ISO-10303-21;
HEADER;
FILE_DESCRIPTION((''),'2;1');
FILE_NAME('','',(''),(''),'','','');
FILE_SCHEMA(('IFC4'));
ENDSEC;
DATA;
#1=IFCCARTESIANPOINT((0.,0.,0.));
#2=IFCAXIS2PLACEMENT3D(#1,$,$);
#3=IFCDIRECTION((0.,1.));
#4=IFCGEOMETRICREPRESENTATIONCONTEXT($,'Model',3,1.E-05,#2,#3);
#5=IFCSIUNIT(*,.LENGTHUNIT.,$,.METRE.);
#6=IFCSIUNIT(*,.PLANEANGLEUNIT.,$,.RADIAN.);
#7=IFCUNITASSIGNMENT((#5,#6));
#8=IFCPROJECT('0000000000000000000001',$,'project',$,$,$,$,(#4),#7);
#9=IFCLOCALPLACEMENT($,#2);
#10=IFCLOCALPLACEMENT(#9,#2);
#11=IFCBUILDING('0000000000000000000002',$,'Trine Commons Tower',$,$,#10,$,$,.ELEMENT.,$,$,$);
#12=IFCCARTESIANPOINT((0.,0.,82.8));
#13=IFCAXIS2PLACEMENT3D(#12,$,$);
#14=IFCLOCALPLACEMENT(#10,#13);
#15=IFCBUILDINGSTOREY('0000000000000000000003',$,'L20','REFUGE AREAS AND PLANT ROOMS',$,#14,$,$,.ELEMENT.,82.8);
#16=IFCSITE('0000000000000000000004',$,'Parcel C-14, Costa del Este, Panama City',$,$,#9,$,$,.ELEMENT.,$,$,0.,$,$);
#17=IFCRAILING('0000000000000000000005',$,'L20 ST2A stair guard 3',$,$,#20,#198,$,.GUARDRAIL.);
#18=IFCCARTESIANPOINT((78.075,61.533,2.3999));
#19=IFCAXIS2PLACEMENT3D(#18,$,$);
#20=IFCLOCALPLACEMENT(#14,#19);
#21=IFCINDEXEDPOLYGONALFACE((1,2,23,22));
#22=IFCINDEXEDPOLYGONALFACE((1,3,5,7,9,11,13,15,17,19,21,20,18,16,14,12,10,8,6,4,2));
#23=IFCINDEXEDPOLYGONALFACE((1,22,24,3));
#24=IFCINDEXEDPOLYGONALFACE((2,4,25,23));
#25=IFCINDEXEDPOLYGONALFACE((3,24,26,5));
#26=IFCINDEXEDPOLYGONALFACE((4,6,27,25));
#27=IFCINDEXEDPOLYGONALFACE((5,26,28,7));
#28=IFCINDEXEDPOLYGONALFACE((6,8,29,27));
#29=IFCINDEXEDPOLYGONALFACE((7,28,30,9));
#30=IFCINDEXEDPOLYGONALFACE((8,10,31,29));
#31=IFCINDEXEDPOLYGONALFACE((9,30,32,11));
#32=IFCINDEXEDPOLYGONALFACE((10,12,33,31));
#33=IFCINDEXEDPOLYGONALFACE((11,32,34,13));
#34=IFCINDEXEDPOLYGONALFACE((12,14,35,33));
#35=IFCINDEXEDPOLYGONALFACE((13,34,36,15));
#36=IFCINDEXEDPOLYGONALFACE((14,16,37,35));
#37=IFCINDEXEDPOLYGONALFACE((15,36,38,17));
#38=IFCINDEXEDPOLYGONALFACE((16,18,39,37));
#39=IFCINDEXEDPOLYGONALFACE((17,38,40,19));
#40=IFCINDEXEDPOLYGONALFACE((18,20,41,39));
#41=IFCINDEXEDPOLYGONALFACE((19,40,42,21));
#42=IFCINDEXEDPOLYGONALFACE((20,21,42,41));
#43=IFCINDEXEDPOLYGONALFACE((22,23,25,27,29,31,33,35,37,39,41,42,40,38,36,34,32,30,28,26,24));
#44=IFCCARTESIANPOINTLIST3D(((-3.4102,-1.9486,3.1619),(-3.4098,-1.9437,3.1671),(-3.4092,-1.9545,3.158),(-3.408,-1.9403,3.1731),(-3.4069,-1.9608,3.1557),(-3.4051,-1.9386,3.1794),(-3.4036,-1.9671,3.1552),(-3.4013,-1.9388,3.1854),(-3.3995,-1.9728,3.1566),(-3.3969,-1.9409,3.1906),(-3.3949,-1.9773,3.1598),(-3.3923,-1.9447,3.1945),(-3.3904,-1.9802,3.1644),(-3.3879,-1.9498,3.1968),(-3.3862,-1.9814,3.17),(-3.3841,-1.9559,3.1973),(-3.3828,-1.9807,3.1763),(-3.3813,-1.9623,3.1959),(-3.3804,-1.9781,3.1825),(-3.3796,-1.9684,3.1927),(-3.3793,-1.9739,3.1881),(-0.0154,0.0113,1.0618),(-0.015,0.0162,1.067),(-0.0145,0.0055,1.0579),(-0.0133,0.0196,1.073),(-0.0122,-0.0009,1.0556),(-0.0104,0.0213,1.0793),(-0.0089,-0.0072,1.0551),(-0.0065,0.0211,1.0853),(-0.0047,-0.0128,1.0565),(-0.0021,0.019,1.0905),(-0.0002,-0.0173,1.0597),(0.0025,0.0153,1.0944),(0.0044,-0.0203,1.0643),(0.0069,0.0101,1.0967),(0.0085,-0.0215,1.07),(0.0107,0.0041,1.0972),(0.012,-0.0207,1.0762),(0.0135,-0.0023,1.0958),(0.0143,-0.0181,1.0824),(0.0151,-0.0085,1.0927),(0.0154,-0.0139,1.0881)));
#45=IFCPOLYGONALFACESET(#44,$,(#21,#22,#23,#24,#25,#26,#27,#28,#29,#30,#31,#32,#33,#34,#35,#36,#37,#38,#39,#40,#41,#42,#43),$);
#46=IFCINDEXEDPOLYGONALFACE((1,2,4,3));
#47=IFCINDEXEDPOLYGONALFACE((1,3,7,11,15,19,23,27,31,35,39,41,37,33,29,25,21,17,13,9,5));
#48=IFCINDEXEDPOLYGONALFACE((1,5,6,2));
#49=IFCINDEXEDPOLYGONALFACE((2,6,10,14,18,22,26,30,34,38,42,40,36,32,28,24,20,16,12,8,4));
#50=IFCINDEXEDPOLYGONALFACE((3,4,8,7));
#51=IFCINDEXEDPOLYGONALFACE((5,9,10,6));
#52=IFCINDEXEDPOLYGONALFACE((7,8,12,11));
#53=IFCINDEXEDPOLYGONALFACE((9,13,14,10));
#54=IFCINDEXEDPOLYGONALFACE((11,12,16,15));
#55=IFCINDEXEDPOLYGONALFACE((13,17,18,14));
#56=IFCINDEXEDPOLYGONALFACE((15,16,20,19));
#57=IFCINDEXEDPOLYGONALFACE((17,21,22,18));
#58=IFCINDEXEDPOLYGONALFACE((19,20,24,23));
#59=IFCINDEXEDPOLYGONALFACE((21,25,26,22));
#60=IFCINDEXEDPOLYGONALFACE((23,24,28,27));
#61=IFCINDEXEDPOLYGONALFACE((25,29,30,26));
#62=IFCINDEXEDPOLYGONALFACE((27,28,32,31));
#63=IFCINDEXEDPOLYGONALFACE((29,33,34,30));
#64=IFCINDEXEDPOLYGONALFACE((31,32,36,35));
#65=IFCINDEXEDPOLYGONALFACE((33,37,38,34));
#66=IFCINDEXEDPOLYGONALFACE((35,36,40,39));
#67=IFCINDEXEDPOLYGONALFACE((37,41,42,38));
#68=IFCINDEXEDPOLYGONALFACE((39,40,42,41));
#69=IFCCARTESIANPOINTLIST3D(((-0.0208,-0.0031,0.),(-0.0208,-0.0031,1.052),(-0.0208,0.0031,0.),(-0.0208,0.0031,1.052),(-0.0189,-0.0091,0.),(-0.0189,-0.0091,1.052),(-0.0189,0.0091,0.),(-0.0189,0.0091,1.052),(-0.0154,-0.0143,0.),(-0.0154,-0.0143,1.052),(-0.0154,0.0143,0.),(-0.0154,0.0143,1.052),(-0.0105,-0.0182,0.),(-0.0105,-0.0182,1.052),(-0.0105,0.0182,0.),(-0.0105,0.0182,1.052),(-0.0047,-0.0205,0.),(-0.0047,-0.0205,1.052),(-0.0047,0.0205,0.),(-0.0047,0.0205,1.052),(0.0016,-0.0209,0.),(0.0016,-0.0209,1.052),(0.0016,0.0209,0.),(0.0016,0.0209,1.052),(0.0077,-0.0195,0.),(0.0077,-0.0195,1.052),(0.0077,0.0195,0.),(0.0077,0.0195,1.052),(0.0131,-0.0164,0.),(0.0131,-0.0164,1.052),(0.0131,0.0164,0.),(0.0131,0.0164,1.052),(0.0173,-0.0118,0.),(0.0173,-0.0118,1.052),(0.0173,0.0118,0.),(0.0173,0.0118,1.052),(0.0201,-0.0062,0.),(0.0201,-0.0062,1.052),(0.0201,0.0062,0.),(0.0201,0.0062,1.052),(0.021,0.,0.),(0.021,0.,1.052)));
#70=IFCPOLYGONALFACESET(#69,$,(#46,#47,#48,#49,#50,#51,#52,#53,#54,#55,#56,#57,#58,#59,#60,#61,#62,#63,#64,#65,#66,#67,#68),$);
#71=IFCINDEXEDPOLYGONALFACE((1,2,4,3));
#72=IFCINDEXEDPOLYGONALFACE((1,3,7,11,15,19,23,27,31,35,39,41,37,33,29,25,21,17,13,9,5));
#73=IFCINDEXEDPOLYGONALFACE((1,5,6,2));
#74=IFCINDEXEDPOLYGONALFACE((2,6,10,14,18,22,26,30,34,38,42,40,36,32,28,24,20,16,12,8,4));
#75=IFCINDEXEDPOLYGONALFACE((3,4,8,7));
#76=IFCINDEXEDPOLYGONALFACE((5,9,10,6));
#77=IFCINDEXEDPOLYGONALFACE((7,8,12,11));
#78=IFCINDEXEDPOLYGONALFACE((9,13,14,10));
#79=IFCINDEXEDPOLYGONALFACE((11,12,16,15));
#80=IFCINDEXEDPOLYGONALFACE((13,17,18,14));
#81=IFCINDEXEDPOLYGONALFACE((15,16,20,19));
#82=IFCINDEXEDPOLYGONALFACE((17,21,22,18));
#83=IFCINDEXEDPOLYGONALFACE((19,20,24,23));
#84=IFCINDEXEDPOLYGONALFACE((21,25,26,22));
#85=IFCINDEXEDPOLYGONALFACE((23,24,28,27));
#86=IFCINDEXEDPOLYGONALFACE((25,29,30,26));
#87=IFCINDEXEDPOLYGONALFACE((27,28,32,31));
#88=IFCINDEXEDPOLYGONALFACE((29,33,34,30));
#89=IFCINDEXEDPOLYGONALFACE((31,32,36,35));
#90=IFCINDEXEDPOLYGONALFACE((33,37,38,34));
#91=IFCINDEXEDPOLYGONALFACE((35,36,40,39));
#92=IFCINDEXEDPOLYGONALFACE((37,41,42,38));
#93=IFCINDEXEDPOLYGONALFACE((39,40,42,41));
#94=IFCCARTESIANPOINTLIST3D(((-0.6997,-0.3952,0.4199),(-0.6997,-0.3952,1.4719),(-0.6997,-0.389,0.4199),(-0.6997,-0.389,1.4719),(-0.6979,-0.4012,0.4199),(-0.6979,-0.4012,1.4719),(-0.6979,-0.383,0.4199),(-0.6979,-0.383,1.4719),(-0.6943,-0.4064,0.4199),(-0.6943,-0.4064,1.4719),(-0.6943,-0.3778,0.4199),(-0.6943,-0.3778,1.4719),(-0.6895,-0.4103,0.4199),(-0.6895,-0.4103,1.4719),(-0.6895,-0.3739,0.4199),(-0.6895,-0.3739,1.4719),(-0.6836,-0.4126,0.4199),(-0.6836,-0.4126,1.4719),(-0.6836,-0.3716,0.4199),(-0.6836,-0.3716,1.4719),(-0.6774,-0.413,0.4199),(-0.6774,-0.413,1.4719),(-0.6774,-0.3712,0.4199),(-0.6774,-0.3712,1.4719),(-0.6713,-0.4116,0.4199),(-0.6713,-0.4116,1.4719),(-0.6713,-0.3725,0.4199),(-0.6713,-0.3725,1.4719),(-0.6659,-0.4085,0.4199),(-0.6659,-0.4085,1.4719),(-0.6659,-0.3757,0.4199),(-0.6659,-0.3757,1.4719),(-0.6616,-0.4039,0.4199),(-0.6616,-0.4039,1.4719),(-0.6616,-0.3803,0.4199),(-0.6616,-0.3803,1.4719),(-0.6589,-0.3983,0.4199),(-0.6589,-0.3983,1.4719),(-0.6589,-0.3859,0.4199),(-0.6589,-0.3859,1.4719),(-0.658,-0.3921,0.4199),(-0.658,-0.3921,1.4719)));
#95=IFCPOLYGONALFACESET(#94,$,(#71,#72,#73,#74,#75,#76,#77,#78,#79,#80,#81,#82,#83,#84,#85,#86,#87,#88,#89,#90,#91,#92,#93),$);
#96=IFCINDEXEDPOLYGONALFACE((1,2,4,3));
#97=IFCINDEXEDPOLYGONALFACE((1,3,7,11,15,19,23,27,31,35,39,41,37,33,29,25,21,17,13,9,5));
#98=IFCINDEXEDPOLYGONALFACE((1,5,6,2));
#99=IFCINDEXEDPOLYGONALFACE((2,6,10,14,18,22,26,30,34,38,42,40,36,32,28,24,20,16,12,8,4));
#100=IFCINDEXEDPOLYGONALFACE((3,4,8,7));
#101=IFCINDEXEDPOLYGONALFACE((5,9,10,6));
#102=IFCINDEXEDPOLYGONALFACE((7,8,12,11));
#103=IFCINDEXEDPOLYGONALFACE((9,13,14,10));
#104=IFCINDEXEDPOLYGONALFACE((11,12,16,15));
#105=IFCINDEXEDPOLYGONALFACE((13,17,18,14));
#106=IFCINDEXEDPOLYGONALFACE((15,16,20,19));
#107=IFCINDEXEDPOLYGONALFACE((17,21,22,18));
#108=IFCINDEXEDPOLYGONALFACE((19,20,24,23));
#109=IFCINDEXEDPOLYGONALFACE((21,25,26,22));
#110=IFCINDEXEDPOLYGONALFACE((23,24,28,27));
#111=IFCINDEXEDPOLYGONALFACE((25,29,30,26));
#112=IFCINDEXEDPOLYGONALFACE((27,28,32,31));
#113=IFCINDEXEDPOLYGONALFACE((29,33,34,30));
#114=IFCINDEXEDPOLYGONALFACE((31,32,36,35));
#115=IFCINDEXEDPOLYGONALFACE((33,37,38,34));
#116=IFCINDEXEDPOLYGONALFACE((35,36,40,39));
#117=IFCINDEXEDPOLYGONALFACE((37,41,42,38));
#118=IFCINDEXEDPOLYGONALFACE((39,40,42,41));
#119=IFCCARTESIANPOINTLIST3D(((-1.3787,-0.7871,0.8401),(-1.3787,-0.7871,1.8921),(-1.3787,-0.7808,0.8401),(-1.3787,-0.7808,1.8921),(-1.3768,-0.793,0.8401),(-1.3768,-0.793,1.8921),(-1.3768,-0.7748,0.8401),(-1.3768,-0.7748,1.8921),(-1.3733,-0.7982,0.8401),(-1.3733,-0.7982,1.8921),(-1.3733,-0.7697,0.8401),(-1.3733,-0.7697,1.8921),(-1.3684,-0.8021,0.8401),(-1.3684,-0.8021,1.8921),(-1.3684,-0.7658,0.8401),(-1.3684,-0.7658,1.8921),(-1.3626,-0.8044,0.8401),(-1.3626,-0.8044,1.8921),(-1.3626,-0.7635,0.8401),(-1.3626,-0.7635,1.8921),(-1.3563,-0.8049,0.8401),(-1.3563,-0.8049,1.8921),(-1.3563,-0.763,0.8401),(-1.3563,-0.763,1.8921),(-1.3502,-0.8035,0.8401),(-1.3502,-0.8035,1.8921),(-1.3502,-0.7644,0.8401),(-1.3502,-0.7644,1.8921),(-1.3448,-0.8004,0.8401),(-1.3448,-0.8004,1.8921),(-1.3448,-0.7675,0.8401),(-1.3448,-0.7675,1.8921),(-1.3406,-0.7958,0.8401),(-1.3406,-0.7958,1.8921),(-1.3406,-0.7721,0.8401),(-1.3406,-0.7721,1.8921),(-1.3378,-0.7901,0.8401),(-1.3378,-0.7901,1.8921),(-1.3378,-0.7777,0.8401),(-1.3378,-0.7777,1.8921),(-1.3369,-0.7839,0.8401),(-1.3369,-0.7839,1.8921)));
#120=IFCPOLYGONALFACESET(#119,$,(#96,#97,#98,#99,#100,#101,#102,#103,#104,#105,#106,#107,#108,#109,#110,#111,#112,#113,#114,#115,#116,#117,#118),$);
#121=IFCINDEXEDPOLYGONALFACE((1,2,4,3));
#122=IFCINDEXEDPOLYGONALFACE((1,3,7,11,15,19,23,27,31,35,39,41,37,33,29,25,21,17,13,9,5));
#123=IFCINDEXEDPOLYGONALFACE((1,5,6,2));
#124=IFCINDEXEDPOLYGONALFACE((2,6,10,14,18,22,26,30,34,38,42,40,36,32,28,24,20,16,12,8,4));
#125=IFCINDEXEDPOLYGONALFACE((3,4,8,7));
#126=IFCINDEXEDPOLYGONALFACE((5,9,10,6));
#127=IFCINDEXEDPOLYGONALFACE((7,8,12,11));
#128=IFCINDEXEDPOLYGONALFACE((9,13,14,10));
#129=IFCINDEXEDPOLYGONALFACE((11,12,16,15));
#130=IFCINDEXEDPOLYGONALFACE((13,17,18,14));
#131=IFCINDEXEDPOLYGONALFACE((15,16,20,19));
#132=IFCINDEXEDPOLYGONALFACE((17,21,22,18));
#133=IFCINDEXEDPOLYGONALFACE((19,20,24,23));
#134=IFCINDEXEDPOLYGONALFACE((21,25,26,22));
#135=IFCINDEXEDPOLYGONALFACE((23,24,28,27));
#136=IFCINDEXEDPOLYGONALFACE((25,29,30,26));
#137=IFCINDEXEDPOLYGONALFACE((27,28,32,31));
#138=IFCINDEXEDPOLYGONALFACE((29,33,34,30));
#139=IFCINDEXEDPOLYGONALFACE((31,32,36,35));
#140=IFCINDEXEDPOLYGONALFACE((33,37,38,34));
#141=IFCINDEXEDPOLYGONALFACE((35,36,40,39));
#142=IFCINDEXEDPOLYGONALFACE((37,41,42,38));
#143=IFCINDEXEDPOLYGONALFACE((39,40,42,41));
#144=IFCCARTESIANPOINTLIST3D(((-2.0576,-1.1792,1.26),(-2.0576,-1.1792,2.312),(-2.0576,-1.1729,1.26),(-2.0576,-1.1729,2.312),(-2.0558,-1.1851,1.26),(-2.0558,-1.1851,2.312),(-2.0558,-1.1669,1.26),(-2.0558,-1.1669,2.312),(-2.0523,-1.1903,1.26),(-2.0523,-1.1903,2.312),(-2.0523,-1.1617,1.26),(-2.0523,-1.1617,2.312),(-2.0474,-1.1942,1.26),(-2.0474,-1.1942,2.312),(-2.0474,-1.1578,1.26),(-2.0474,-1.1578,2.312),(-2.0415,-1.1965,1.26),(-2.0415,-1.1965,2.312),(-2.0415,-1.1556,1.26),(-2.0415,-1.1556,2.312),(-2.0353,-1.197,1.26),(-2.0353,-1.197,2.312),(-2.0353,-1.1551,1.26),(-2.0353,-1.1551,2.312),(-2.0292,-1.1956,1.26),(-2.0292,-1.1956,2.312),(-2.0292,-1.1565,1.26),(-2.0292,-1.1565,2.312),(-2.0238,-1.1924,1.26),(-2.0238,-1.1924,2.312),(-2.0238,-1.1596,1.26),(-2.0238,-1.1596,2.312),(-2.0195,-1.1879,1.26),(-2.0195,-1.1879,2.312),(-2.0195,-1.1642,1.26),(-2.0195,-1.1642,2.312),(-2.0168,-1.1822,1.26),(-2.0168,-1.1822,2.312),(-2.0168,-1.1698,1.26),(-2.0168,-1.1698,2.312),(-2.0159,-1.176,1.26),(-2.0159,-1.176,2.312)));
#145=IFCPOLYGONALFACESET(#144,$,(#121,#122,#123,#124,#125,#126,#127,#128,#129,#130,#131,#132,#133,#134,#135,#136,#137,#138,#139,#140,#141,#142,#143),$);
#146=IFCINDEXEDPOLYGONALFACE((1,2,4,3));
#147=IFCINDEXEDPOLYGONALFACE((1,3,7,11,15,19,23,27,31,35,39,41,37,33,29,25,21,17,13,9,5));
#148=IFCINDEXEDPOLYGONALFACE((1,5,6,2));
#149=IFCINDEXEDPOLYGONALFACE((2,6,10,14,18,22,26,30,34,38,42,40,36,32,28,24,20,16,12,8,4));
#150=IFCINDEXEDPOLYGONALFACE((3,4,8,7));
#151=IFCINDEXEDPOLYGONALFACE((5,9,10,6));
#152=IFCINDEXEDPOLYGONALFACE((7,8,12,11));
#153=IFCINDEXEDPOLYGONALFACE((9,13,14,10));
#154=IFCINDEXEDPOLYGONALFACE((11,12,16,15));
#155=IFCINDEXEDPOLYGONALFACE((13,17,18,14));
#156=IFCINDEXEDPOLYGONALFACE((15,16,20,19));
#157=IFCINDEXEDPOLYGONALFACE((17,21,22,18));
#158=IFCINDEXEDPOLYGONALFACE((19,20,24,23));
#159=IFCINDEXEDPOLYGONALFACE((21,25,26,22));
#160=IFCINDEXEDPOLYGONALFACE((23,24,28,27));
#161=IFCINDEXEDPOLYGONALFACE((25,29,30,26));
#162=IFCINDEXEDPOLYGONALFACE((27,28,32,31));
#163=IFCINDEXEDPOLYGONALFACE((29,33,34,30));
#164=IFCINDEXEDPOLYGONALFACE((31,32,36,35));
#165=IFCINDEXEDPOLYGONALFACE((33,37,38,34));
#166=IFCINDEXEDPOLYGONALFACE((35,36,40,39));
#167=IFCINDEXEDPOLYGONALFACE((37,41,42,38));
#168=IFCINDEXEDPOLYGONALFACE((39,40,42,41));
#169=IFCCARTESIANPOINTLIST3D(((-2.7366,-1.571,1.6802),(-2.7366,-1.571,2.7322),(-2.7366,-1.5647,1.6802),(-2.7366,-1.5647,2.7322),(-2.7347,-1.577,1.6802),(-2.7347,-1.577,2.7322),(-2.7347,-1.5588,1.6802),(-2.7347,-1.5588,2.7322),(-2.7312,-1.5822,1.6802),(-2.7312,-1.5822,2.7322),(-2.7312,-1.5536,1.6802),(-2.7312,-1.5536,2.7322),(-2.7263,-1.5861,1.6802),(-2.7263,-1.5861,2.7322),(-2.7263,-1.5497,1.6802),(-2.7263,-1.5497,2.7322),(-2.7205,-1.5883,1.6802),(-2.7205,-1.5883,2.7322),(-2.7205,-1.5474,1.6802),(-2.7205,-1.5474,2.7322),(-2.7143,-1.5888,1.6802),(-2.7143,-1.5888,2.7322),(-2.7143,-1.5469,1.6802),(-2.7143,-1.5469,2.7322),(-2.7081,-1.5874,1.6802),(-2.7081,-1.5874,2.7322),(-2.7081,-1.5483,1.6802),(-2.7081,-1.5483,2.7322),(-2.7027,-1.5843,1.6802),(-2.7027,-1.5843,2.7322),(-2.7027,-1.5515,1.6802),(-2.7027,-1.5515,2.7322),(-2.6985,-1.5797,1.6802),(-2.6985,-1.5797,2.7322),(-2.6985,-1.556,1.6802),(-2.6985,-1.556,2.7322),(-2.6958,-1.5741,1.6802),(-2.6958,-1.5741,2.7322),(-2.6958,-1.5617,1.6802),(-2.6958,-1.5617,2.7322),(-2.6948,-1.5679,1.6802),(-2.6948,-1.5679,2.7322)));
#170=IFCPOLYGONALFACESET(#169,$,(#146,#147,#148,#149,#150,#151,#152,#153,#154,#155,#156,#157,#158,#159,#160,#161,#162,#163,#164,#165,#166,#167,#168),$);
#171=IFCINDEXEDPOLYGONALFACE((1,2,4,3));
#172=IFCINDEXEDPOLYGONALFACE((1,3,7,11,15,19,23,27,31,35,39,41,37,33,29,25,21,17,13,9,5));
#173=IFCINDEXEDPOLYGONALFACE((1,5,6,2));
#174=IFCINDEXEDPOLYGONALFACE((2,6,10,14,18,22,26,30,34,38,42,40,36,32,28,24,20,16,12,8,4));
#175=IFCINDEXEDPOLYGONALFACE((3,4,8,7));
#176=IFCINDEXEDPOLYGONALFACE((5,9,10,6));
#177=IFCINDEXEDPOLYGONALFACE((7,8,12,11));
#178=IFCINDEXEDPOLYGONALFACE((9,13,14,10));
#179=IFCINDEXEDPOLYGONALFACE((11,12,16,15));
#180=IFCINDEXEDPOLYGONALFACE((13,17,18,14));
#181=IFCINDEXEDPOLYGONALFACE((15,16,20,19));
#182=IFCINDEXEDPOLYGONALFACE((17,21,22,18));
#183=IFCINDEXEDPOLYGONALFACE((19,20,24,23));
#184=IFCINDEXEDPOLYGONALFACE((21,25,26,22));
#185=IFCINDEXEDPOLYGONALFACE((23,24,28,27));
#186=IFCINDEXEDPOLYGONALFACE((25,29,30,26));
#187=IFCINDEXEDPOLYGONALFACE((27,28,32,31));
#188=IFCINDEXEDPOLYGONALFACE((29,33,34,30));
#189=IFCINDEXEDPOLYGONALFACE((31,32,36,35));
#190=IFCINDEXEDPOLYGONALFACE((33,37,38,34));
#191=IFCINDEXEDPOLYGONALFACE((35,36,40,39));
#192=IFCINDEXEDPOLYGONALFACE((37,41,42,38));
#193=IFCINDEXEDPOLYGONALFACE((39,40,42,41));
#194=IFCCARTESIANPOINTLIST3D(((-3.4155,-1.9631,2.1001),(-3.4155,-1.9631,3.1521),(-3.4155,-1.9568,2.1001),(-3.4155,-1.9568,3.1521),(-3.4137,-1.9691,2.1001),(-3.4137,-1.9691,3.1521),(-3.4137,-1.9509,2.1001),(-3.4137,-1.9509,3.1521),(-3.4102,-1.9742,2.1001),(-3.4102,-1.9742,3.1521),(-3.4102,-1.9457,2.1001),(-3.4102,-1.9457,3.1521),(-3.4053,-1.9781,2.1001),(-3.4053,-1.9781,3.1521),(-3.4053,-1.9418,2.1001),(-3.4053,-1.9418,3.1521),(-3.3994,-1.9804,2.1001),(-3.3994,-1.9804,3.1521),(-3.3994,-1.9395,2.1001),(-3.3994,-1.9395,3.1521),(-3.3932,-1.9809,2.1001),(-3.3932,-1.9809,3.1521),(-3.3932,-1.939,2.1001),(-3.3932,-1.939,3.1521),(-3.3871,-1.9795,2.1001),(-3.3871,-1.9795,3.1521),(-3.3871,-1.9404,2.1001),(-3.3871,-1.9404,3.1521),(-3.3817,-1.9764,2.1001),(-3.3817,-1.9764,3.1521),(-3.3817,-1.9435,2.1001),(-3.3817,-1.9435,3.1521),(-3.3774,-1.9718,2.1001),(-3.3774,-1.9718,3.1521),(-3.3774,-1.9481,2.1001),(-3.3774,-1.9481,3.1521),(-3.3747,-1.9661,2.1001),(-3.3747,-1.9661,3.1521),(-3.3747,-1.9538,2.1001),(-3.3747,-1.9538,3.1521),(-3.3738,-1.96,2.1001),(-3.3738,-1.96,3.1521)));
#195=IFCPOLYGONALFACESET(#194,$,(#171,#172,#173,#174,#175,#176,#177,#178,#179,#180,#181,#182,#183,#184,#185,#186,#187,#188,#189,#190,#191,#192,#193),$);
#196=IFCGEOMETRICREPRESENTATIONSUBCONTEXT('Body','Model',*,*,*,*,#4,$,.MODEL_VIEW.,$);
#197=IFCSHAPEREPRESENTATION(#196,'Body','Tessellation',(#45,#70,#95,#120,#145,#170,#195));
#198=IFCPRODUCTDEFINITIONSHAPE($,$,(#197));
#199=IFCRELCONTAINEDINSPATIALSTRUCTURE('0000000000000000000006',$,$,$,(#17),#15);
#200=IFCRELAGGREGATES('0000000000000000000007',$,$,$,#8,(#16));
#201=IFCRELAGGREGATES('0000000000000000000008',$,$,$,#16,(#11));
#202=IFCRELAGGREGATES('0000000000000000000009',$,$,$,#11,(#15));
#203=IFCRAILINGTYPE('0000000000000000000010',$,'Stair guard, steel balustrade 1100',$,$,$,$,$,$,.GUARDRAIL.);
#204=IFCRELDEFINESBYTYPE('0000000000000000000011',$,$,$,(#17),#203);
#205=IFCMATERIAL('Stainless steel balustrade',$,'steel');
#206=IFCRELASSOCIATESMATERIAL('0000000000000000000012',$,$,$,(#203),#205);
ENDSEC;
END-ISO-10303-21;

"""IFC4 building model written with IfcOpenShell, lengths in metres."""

from ifc_helpers import new_model, si_unit, direction, frame, origin, origin_2d, place, context, subcontext, project, spatial, circle, extrude, material, type_object, element, save


model = new_model("IFC4")

# Units and contexts
model_context = context("Model", 3, precision=1e-05, world=origin(), true_north=direction((0.0, 1.0)))
body_context = subcontext(model_context, "Body", "Model", "MODEL_VIEW")
ifc_project = project(units=[si_unit("LENGTHUNIT", "METRE"), si_unit("PLANEANGLEUNIT", "RADIAN")], contexts=[model_context])

# Site, building, storey
site_placement = place(None, origin())
site = spatial("IfcSite", under=ifc_project, at=site_placement, Name="Parcel C-14, Costa del Este, Panama City", CompositionType="ELEMENT", RefElevation=0.0)
building_placement = place(site_placement, origin())
building = spatial("IfcBuilding", under=site, at=building_placement, Name="Trine Commons Tower", CompositionType="ELEMENT")
storey_placement = place(building_placement, frame((0.0, 0.0, 82.8)))
storey = spatial("IfcBuildingStorey", under=building, at=storey_placement, Name="L20", Description="REFUGE AREAS AND PLANT ROOMS", CompositionType="ELEMENT", Elevation=82.8)

# Railing
ifc_material_1 = material(Name="Stainless steel balustrade", Category="steel")
railing_type_1 = type_object("IfcRailingType", Name="Stair guard, steel balustrade 1100", PredefinedType="GUARDRAIL", material=ifc_material_1)
railing_1_placement = place(storey_placement, frame((78.075, 61.533, 2.3999)))
element("IfcRailing", 1, at=railing_1_placement, inside=storey, type_object=railing_type_1, Name="L20 ST2A stair guard 3", PredefinedType="GUARDRAIL", context=body_context, shape_type="SweptSolid", body=[
    extrude(circle(Radius=0.0239, at=origin_2d()), frame((0.0, 0.0, 1.0762), z_axis=(-0.763375, -0.440732, 0.472244), x_axis=(0.499997, -0.866027, 0.0)), (0.0, 0.0, 1.0), 4.447),
    extrude(circle(Radius=0.021, at=origin_2d()), origin(), (0.0, 0.0, 1.0), 1.052),
    extrude(circle(Radius=0.021, at=origin_2d()), frame((-0.679, -0.3921, 0.4199)), (0.0, 0.0, 1.0), 1.052),
    extrude(circle(Radius=0.021, at=origin_2d()), frame((-1.3579, -0.7839, 0.8401)), (0.0, 0.0, 1.0), 1.052),
    extrude(circle(Radius=0.021, at=origin_2d()), frame((-2.0369, -1.176, 1.26)), (0.0, 0.0, 1.0), 1.052),
    extrude(circle(Radius=0.021, at=origin_2d()), frame((-2.7158, -1.5679, 1.6802)), (0.0, 0.0, 1.0), 1.052),
    extrude(circle(Radius=0.021, at=origin_2d()), frame((-3.3948, -1.96, 2.1001)), (0.0, 0.0, 1.0), 1.052),
])

save(model, "model.ifc")
